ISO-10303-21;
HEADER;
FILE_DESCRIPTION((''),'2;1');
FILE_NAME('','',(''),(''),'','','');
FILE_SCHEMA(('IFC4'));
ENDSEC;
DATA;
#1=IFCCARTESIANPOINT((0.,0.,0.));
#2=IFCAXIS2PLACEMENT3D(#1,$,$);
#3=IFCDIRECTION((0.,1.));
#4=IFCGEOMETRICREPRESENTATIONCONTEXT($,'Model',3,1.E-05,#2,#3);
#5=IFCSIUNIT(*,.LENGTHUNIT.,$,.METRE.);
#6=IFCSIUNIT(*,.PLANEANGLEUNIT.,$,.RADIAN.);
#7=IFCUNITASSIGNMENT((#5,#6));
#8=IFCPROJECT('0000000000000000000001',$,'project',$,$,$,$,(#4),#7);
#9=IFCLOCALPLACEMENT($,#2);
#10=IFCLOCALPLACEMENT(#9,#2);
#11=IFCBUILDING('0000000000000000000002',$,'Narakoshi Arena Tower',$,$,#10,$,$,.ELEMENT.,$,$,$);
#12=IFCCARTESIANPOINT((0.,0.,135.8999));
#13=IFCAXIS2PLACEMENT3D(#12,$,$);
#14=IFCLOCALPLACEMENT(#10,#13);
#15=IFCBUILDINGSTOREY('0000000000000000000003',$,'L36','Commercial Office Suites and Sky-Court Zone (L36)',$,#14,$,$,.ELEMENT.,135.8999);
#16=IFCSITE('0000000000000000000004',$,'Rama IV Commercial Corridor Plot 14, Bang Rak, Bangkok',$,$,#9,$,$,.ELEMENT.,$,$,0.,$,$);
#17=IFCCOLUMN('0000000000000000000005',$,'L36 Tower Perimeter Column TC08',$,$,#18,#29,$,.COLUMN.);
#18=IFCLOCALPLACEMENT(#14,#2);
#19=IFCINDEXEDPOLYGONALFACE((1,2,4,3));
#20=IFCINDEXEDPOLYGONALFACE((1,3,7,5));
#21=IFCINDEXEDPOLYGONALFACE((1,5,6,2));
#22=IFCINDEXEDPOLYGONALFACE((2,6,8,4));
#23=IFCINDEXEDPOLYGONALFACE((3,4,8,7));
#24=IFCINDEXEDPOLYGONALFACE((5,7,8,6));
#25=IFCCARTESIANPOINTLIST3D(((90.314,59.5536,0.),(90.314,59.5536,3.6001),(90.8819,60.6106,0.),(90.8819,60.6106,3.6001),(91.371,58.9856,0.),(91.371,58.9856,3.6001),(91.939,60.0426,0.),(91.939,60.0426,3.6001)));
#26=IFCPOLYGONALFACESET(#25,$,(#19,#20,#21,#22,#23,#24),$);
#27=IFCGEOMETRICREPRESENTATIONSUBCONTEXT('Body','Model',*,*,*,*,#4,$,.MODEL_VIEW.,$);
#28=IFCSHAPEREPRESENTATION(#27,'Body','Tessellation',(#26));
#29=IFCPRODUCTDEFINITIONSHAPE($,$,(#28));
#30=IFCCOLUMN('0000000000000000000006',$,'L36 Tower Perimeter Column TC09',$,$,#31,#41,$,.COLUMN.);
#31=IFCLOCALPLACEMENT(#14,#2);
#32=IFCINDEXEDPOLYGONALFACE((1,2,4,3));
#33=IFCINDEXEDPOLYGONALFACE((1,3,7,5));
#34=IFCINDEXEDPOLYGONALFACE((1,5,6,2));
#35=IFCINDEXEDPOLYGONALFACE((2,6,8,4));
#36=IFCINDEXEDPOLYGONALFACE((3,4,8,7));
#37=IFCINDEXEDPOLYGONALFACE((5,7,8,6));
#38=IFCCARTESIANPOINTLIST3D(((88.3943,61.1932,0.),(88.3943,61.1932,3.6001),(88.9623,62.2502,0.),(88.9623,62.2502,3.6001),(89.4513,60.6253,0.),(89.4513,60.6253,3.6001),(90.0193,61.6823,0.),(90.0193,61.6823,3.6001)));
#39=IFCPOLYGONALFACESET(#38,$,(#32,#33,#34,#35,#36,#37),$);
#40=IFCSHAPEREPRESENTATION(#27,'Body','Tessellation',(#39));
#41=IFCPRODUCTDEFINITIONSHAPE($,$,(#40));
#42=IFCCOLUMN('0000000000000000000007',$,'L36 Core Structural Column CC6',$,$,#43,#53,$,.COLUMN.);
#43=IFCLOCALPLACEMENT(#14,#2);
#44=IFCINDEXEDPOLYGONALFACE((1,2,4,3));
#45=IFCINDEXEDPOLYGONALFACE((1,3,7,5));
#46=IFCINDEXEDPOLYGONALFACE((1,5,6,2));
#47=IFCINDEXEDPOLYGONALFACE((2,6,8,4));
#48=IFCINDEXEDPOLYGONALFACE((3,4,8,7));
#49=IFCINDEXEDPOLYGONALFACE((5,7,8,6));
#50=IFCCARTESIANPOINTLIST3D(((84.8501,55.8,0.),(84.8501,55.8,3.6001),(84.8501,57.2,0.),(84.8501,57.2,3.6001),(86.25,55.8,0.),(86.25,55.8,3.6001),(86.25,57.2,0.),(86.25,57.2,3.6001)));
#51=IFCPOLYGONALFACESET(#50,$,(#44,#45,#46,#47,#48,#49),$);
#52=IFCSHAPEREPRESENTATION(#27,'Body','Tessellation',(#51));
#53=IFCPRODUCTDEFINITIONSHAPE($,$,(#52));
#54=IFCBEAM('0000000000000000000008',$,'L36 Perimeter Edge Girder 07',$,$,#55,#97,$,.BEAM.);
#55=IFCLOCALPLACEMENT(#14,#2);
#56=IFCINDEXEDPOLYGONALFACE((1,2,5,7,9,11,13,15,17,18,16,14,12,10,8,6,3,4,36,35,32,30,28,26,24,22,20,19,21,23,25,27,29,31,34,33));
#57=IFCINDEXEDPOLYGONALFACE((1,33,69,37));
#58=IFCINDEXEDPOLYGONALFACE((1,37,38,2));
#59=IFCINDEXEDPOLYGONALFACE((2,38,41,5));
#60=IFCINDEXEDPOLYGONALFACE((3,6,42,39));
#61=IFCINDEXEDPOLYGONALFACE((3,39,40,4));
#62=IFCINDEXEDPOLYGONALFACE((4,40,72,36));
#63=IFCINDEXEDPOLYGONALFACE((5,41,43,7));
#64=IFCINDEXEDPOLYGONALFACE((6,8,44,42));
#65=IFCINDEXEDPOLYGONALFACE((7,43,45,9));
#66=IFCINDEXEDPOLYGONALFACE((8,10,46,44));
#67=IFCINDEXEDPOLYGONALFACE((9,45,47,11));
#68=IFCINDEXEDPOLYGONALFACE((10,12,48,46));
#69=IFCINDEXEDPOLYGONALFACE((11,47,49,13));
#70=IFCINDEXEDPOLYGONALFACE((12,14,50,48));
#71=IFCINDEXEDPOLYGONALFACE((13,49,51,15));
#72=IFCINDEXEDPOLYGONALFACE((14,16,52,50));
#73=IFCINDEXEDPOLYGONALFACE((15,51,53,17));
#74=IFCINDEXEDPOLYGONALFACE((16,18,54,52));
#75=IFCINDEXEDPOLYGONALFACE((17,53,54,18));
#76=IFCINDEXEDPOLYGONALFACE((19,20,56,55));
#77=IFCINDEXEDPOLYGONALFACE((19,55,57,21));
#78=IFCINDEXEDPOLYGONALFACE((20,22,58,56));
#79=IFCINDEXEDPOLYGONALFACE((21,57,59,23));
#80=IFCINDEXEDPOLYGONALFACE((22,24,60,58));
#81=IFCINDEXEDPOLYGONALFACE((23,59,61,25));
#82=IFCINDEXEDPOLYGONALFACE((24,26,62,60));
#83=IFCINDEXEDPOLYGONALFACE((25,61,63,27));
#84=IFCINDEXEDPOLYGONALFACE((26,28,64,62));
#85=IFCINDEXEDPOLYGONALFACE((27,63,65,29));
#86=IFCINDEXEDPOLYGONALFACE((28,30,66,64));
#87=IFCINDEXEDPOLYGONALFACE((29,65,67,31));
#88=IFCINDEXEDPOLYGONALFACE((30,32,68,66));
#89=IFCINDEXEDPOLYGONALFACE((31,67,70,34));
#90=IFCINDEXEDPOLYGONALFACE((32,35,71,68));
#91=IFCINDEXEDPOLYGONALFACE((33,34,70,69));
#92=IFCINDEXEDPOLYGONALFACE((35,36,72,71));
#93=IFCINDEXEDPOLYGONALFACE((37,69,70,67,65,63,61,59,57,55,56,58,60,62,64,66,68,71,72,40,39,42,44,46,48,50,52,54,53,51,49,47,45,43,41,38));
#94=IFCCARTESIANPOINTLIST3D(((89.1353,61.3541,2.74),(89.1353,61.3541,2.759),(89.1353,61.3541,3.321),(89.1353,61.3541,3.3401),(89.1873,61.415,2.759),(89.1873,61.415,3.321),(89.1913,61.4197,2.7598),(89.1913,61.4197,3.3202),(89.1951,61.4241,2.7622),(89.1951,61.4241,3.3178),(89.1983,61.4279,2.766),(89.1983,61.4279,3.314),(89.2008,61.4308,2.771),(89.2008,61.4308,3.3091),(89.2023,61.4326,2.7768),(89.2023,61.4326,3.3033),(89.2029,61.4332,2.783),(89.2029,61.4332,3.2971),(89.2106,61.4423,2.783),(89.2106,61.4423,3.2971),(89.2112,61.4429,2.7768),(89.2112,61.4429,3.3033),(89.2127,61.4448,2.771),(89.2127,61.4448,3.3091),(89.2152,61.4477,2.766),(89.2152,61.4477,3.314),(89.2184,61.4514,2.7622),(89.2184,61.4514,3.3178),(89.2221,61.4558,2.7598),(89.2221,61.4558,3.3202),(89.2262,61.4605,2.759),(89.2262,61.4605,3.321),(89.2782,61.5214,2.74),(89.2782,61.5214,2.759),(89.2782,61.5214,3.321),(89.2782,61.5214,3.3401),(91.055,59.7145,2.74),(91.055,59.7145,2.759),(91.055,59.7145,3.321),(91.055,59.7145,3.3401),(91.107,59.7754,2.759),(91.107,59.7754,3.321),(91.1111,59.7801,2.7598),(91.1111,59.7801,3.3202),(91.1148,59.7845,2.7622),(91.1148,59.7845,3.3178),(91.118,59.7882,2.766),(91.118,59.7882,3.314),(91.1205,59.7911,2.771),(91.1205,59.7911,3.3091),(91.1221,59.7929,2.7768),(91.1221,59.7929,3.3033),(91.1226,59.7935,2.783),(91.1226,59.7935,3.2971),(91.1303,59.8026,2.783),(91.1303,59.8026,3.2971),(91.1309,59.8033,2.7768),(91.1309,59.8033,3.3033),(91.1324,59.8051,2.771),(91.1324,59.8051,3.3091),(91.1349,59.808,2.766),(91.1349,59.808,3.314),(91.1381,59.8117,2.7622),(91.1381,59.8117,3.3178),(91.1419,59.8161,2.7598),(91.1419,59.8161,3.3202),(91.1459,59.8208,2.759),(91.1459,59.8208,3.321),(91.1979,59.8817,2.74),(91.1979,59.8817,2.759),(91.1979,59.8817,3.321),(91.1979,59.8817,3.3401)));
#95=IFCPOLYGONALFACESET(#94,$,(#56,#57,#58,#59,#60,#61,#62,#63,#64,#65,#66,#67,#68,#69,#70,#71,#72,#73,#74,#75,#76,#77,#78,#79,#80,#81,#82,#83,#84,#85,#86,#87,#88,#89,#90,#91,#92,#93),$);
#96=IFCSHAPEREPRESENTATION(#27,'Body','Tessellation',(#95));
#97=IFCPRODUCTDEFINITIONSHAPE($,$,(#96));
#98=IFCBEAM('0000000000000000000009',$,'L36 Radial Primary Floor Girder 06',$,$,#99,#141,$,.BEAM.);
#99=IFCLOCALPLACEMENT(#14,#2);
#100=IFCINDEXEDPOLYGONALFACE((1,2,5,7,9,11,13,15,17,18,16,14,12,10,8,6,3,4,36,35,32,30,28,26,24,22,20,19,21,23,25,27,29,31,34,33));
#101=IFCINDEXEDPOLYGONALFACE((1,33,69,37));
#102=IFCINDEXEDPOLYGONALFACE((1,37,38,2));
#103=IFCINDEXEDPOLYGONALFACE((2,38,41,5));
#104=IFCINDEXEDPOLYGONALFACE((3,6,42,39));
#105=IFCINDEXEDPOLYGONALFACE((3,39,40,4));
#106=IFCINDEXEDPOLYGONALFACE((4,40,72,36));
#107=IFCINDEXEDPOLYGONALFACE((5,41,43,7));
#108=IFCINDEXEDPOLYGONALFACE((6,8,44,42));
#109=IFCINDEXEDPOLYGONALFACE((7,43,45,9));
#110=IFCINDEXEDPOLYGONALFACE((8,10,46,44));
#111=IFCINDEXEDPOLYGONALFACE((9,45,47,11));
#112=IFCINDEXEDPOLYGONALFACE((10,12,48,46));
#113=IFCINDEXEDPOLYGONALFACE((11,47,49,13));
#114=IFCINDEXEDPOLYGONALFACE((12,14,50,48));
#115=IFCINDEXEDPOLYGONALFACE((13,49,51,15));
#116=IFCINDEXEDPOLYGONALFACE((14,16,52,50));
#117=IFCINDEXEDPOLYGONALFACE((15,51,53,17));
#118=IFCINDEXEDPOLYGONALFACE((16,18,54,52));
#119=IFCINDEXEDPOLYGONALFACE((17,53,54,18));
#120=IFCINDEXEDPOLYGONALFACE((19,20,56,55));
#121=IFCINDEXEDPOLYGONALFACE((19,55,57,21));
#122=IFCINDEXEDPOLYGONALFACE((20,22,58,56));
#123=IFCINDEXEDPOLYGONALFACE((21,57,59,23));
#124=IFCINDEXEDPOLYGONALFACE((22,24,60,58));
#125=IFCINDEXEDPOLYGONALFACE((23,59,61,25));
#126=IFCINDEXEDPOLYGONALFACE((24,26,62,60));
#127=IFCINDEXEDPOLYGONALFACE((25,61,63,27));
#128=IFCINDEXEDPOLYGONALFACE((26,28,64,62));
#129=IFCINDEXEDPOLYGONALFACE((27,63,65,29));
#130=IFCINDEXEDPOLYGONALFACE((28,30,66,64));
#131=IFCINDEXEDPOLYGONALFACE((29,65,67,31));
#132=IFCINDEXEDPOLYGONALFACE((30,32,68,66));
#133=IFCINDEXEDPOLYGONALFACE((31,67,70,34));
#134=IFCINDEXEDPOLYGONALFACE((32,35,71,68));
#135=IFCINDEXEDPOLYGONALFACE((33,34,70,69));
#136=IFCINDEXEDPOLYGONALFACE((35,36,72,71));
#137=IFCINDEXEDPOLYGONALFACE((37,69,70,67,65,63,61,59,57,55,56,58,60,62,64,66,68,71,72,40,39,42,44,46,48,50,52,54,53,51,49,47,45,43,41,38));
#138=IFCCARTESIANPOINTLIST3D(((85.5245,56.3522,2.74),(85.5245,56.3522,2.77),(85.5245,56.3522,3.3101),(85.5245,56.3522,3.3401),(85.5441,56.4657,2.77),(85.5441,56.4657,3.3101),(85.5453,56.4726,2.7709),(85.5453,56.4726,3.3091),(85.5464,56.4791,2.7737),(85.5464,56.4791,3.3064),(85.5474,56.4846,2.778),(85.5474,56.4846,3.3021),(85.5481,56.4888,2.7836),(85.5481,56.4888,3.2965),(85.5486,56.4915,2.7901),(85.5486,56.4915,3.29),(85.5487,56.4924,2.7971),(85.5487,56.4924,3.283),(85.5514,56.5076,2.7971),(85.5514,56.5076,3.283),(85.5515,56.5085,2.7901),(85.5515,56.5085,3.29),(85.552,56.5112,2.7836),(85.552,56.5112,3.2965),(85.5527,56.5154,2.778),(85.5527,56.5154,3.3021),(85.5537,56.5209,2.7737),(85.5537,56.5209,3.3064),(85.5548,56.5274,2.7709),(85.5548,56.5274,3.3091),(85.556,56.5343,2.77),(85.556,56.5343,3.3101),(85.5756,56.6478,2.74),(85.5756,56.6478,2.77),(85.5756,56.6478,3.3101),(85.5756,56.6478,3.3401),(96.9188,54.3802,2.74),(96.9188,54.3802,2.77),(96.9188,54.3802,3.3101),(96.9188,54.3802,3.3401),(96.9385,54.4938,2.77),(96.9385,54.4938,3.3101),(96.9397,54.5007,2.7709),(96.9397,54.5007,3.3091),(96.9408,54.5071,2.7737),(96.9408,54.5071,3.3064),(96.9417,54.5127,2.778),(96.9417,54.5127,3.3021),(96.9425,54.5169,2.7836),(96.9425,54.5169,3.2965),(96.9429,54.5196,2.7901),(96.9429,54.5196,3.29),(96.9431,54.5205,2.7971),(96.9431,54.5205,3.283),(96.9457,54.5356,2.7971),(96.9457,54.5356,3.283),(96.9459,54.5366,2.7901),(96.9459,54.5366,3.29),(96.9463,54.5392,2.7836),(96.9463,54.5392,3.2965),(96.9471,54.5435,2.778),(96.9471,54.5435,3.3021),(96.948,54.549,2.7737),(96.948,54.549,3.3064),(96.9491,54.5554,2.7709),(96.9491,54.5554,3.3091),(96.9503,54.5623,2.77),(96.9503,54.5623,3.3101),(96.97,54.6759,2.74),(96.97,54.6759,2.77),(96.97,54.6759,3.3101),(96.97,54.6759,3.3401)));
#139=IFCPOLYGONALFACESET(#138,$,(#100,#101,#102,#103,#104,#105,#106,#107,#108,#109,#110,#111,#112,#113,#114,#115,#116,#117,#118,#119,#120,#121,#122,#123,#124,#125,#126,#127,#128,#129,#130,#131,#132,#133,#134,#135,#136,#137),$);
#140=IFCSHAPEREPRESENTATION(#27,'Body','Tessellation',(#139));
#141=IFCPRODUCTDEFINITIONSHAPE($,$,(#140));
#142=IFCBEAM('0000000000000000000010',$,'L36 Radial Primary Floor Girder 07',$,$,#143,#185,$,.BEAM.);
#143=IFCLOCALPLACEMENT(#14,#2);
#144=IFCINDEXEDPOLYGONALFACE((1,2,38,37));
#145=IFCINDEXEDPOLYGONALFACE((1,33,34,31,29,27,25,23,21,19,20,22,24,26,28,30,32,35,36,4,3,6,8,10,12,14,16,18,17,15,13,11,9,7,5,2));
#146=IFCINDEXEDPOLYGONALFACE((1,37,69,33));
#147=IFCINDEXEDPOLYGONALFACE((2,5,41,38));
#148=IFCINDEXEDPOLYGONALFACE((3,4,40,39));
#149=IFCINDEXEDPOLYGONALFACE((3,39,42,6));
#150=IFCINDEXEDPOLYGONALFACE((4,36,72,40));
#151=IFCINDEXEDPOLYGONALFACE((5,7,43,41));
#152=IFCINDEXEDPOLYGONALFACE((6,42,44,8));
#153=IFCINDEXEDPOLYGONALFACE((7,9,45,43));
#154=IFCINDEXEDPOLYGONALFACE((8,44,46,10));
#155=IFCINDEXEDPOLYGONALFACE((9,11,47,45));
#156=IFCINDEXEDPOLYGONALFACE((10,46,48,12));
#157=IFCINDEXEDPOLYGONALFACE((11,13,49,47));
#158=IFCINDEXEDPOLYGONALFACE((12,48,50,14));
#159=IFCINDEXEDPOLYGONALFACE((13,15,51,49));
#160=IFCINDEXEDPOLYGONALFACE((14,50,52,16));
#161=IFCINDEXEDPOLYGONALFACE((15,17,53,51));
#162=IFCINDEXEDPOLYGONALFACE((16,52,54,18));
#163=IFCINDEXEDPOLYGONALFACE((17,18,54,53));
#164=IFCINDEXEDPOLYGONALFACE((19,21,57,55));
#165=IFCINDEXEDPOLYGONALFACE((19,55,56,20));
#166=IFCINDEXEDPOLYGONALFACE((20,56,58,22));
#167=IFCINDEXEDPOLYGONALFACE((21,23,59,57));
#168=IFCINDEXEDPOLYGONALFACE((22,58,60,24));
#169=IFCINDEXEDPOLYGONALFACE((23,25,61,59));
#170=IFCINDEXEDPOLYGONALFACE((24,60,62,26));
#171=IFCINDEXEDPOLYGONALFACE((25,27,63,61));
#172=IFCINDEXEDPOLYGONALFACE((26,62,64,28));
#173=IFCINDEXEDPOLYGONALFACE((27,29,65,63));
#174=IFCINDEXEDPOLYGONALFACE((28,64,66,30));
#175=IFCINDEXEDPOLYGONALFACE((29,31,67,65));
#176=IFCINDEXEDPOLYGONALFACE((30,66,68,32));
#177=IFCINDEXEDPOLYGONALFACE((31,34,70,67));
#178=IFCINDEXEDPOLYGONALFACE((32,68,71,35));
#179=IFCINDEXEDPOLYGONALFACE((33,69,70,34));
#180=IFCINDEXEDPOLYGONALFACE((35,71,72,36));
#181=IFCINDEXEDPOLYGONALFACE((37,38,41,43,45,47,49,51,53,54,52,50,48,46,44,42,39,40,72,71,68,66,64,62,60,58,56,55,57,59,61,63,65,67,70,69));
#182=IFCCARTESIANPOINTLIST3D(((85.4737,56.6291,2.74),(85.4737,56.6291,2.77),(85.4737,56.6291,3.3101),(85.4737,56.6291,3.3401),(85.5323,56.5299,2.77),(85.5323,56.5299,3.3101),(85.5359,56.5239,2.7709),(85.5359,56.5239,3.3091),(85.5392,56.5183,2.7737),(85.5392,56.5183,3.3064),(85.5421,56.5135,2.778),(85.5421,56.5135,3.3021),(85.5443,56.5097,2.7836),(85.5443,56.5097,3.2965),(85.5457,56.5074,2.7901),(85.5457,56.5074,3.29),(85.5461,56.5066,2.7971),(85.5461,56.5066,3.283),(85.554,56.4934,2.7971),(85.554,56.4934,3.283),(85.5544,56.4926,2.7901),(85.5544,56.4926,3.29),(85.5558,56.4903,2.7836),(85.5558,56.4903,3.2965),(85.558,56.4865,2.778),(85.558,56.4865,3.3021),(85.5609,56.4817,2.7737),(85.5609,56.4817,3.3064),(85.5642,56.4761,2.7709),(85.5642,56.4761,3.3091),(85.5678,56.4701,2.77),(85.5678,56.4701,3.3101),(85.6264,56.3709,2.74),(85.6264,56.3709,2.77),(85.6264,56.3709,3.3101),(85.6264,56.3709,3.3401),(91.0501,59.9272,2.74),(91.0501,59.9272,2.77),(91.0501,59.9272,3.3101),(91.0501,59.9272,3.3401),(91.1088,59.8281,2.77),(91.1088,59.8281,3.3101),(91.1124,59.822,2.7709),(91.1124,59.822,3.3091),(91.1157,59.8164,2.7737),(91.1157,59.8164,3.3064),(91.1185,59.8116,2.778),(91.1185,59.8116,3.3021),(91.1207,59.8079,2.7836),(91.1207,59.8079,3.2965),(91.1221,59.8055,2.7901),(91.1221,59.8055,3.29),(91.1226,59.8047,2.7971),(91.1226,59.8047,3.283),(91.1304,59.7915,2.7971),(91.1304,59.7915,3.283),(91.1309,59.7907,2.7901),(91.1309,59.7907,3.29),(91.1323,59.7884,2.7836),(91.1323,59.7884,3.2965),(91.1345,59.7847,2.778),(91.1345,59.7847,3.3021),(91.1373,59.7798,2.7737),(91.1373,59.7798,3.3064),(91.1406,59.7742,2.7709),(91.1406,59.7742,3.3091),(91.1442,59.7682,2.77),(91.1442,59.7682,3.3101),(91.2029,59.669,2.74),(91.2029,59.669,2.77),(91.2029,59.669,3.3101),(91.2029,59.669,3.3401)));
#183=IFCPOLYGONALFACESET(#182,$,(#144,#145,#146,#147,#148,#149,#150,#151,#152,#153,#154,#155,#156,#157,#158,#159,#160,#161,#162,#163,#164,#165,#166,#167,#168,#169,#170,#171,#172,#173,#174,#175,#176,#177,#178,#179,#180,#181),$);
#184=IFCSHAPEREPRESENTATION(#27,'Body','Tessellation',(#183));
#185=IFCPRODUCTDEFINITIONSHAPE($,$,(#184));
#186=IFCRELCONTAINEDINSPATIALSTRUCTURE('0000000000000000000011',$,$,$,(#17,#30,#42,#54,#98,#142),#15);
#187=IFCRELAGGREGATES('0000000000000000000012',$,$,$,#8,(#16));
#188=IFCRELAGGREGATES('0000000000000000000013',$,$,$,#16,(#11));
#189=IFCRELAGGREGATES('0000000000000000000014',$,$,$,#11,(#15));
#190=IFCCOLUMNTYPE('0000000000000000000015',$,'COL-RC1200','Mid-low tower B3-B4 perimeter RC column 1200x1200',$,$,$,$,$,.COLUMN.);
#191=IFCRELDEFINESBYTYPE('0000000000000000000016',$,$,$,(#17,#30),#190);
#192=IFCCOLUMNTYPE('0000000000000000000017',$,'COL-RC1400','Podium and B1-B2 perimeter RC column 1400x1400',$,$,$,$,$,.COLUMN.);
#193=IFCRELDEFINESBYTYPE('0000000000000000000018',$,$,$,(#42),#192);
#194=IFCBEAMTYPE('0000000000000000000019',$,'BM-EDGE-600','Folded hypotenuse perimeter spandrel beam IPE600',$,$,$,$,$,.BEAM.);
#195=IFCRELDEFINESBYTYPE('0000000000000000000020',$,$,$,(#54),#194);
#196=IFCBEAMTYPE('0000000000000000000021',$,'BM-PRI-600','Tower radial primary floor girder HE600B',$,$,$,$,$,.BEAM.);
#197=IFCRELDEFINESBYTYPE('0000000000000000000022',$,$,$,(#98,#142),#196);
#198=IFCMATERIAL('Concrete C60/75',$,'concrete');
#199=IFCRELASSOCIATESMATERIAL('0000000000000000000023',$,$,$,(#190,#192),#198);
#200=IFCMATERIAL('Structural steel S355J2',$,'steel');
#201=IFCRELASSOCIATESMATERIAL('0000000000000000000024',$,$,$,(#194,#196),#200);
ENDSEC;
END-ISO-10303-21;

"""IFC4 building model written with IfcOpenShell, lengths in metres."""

from ifc_helpers import new_model, si_unit, direction, frame, origin, origin_2d, place, context, subcontext, project, spatial, rectangle, i_section, extrude, material, material_profile, profile_set, type_object, element, save


model = new_model("IFC4")

# Units and contexts
model_context = context("Model", 3, precision=1e-05, world=origin(), true_north=direction((0.0, 1.0)))
body_context = subcontext(model_context, "Body", "Model", "MODEL_VIEW")
ifc_project = project(units=[si_unit("LENGTHUNIT", "METRE"), si_unit("PLANEANGLEUNIT", "RADIAN")], contexts=[model_context])

# Site, building, storey
site_placement = place(None, origin())
site = spatial("IfcSite", under=ifc_project, at=site_placement, Name="Rama IV Commercial Corridor Plot 14, Bang Rak, Bangkok", CompositionType="ELEMENT", RefElevation=0.0)
building_placement = place(site_placement, origin())
building = spatial("IfcBuilding", under=site, at=building_placement, Name="Narakoshi Arena Tower", CompositionType="ELEMENT")
storey_placement = place(building_placement, frame((0.0, 0.0, 135.8999)))
storey = spatial("IfcBuildingStorey", under=building, at=storey_placement, Name="L36", Description="Commercial Office Suites and Sky-Court Zone (L36)", CompositionType="ELEMENT", Elevation=135.8999)

# Columns
ifc_material_1 = material(Name="Concrete C60/75", Category="concrete")
ifc_material_profile_1 = material_profile(ifc_material_1, rectangle(XDim=1.2, YDim=1.2, at=origin_2d()), Name="RC1200x1200")
ifc_profile_set_1 = profile_set([ifc_material_profile_1], Name="Concrete C60/75")
column_type_1 = type_object("IfcColumnType", Name="COL-RC1200", Description="Mid-low tower B3-B4 perimeter RC column 1200x1200", PredefinedType="COLUMN", material=ifc_profile_set_1)
for number, where, z_axis, x_axis, name in (
    (1, (91.1265, 59.7981, 0.0), (0.0, 0.0, 1.0), (0.47332, 0.880891, 0.0), "L36 Tower Perimeter Column TC08"),
    (2, (89.2068, 61.4377, 0.0), (0.0, 0.0, 1.0), (0.47332, 0.880891, 0.0), "L36 Tower Perimeter Column TC09"),
):
    element("IfcColumn", number, at=place(storey_placement, frame(where, z_axis=z_axis, x_axis=x_axis)), inside=storey, type_object=column_type_1, Name=name, PredefinedType="COLUMN", context=body_context, shape_type="SweptSolid", body=[
        extrude(rectangle(XDim=1.2, YDim=1.2, at=origin_2d()), origin(), (0.0, 0.0, 1.0), 3.6001),
    ])
ifc_material_profile_2 = material_profile(ifc_material_1, rectangle(XDim=1.3999, YDim=1.3999, at=origin_2d()), Name="RC1400x1400")
ifc_profile_set_2 = profile_set([ifc_material_profile_2], Name="Concrete C60/75")
column_type_2 = type_object("IfcColumnType", Name="COL-RC1400", Description="Podium and B1-B2 perimeter RC column 1400x1400", PredefinedType="COLUMN", material=ifc_profile_set_2)
column_placement = place(storey_placement, frame((85.55, 56.5, 0.0), z_axis=(0.0, 0.0, 1.0), x_axis=(1.0, 0.0, 0.0)))
element("IfcColumn", 3, at=column_placement, inside=storey, type_object=column_type_2, Name="L36 Core Structural Column CC6", PredefinedType="COLUMN", context=body_context, shape_type="SweptSolid", body=[
    extrude(rectangle(XDim=1.3999, YDim=1.3999, at=origin_2d()), origin(), (0.0, 0.0, 1.0), 3.6001),
])

# Beams
ifc_material_2 = material(Name="Structural steel S355J2", Category="steel")
ifc_material_profile_3 = material_profile(ifc_material_2, i_section(OverallWidth=0.22, OverallDepth=0.6001, WebThickness=0.012, FlangeThickness=0.019, FilletRadius=0.0239, at=origin_2d()), Name="IPE600")
ifc_profile_set_3 = profile_set([ifc_material_profile_3], Name="Structural steel S355J2")
beam_type_1 = type_object("IfcBeamType", Name="BM-EDGE-600", Description="Folded hypotenuse perimeter spandrel beam IPE600", PredefinedType="BEAM", material=ifc_profile_set_3)
beam_1_placement = place(storey_placement, frame((91.1265, 59.7981, 3.04), z_axis=(-0.760389, 0.649468, 0.0), x_axis=(-0.649468, -0.760389, 0.0)))
element("IfcBeam", 4, at=beam_1_placement, inside=storey, type_object=beam_type_1, Name="L36 Perimeter Edge Girder 07", PredefinedType="BEAM", context=body_context, shape_type="SweptSolid", body=[
    extrude(i_section(OverallWidth=0.22, OverallDepth=0.6001, WebThickness=0.012, FlangeThickness=0.019, FilletRadius=0.0239, at=origin_2d()), origin(), (0.0, 0.0, 1.0), 2.5247),
])
ifc_material_profile_4 = material_profile(ifc_material_2, i_section(OverallWidth=0.3, OverallDepth=0.6001, WebThickness=0.0154, FlangeThickness=0.03, FilletRadius=0.0271, at=origin_2d()), Name="HE600B")
ifc_profile_set_4 = profile_set([ifc_material_profile_4], Name="Structural steel S355J2")
beam_type_2 = type_object("IfcBeamType", Name="BM-PRI-600", Description="Tower radial primary floor girder HE600B", PredefinedType="BEAM", material=ifc_profile_set_4)
beam_2_placement = place(storey_placement, frame((85.55, 56.5, 3.04), z_axis=(0.985353, -0.170528, 0.0), x_axis=(0.170528, 0.985353, 0.0)))
element("IfcBeam", 5, at=beam_2_placement, inside=storey, type_object=beam_type_2, Name="L36 Radial Primary Floor Girder 06", PredefinedType="BEAM", context=body_context, shape_type="SweptSolid", body=[
    extrude(i_section(OverallWidth=0.3, OverallDepth=0.6001, WebThickness=0.0154, FlangeThickness=0.03, FilletRadius=0.0271, at=origin_2d()), origin(), (0.0, 0.0, 1.0), 11.5637),
])
beam_3_placement = place(storey_placement, frame((85.55, 56.5, 3.04), z_axis=(0.860728, 0.509066, 0.0), x_axis=(-0.509066, 0.860728, 0.0)))
element("IfcBeam", 6, at=beam_3_placement, inside=storey, type_object=beam_type_2, Name="L36 Radial Primary Floor Girder 07", PredefinedType="BEAM", context=body_context, shape_type="SweptSolid", body=[
    extrude(i_section(OverallWidth=0.3, OverallDepth=0.6001, WebThickness=0.0154, FlangeThickness=0.03, FilletRadius=0.0271, at=origin_2d()), origin(), (0.0, 0.0, 1.0), 6.4788),
])

save(model, "model.ifc")
